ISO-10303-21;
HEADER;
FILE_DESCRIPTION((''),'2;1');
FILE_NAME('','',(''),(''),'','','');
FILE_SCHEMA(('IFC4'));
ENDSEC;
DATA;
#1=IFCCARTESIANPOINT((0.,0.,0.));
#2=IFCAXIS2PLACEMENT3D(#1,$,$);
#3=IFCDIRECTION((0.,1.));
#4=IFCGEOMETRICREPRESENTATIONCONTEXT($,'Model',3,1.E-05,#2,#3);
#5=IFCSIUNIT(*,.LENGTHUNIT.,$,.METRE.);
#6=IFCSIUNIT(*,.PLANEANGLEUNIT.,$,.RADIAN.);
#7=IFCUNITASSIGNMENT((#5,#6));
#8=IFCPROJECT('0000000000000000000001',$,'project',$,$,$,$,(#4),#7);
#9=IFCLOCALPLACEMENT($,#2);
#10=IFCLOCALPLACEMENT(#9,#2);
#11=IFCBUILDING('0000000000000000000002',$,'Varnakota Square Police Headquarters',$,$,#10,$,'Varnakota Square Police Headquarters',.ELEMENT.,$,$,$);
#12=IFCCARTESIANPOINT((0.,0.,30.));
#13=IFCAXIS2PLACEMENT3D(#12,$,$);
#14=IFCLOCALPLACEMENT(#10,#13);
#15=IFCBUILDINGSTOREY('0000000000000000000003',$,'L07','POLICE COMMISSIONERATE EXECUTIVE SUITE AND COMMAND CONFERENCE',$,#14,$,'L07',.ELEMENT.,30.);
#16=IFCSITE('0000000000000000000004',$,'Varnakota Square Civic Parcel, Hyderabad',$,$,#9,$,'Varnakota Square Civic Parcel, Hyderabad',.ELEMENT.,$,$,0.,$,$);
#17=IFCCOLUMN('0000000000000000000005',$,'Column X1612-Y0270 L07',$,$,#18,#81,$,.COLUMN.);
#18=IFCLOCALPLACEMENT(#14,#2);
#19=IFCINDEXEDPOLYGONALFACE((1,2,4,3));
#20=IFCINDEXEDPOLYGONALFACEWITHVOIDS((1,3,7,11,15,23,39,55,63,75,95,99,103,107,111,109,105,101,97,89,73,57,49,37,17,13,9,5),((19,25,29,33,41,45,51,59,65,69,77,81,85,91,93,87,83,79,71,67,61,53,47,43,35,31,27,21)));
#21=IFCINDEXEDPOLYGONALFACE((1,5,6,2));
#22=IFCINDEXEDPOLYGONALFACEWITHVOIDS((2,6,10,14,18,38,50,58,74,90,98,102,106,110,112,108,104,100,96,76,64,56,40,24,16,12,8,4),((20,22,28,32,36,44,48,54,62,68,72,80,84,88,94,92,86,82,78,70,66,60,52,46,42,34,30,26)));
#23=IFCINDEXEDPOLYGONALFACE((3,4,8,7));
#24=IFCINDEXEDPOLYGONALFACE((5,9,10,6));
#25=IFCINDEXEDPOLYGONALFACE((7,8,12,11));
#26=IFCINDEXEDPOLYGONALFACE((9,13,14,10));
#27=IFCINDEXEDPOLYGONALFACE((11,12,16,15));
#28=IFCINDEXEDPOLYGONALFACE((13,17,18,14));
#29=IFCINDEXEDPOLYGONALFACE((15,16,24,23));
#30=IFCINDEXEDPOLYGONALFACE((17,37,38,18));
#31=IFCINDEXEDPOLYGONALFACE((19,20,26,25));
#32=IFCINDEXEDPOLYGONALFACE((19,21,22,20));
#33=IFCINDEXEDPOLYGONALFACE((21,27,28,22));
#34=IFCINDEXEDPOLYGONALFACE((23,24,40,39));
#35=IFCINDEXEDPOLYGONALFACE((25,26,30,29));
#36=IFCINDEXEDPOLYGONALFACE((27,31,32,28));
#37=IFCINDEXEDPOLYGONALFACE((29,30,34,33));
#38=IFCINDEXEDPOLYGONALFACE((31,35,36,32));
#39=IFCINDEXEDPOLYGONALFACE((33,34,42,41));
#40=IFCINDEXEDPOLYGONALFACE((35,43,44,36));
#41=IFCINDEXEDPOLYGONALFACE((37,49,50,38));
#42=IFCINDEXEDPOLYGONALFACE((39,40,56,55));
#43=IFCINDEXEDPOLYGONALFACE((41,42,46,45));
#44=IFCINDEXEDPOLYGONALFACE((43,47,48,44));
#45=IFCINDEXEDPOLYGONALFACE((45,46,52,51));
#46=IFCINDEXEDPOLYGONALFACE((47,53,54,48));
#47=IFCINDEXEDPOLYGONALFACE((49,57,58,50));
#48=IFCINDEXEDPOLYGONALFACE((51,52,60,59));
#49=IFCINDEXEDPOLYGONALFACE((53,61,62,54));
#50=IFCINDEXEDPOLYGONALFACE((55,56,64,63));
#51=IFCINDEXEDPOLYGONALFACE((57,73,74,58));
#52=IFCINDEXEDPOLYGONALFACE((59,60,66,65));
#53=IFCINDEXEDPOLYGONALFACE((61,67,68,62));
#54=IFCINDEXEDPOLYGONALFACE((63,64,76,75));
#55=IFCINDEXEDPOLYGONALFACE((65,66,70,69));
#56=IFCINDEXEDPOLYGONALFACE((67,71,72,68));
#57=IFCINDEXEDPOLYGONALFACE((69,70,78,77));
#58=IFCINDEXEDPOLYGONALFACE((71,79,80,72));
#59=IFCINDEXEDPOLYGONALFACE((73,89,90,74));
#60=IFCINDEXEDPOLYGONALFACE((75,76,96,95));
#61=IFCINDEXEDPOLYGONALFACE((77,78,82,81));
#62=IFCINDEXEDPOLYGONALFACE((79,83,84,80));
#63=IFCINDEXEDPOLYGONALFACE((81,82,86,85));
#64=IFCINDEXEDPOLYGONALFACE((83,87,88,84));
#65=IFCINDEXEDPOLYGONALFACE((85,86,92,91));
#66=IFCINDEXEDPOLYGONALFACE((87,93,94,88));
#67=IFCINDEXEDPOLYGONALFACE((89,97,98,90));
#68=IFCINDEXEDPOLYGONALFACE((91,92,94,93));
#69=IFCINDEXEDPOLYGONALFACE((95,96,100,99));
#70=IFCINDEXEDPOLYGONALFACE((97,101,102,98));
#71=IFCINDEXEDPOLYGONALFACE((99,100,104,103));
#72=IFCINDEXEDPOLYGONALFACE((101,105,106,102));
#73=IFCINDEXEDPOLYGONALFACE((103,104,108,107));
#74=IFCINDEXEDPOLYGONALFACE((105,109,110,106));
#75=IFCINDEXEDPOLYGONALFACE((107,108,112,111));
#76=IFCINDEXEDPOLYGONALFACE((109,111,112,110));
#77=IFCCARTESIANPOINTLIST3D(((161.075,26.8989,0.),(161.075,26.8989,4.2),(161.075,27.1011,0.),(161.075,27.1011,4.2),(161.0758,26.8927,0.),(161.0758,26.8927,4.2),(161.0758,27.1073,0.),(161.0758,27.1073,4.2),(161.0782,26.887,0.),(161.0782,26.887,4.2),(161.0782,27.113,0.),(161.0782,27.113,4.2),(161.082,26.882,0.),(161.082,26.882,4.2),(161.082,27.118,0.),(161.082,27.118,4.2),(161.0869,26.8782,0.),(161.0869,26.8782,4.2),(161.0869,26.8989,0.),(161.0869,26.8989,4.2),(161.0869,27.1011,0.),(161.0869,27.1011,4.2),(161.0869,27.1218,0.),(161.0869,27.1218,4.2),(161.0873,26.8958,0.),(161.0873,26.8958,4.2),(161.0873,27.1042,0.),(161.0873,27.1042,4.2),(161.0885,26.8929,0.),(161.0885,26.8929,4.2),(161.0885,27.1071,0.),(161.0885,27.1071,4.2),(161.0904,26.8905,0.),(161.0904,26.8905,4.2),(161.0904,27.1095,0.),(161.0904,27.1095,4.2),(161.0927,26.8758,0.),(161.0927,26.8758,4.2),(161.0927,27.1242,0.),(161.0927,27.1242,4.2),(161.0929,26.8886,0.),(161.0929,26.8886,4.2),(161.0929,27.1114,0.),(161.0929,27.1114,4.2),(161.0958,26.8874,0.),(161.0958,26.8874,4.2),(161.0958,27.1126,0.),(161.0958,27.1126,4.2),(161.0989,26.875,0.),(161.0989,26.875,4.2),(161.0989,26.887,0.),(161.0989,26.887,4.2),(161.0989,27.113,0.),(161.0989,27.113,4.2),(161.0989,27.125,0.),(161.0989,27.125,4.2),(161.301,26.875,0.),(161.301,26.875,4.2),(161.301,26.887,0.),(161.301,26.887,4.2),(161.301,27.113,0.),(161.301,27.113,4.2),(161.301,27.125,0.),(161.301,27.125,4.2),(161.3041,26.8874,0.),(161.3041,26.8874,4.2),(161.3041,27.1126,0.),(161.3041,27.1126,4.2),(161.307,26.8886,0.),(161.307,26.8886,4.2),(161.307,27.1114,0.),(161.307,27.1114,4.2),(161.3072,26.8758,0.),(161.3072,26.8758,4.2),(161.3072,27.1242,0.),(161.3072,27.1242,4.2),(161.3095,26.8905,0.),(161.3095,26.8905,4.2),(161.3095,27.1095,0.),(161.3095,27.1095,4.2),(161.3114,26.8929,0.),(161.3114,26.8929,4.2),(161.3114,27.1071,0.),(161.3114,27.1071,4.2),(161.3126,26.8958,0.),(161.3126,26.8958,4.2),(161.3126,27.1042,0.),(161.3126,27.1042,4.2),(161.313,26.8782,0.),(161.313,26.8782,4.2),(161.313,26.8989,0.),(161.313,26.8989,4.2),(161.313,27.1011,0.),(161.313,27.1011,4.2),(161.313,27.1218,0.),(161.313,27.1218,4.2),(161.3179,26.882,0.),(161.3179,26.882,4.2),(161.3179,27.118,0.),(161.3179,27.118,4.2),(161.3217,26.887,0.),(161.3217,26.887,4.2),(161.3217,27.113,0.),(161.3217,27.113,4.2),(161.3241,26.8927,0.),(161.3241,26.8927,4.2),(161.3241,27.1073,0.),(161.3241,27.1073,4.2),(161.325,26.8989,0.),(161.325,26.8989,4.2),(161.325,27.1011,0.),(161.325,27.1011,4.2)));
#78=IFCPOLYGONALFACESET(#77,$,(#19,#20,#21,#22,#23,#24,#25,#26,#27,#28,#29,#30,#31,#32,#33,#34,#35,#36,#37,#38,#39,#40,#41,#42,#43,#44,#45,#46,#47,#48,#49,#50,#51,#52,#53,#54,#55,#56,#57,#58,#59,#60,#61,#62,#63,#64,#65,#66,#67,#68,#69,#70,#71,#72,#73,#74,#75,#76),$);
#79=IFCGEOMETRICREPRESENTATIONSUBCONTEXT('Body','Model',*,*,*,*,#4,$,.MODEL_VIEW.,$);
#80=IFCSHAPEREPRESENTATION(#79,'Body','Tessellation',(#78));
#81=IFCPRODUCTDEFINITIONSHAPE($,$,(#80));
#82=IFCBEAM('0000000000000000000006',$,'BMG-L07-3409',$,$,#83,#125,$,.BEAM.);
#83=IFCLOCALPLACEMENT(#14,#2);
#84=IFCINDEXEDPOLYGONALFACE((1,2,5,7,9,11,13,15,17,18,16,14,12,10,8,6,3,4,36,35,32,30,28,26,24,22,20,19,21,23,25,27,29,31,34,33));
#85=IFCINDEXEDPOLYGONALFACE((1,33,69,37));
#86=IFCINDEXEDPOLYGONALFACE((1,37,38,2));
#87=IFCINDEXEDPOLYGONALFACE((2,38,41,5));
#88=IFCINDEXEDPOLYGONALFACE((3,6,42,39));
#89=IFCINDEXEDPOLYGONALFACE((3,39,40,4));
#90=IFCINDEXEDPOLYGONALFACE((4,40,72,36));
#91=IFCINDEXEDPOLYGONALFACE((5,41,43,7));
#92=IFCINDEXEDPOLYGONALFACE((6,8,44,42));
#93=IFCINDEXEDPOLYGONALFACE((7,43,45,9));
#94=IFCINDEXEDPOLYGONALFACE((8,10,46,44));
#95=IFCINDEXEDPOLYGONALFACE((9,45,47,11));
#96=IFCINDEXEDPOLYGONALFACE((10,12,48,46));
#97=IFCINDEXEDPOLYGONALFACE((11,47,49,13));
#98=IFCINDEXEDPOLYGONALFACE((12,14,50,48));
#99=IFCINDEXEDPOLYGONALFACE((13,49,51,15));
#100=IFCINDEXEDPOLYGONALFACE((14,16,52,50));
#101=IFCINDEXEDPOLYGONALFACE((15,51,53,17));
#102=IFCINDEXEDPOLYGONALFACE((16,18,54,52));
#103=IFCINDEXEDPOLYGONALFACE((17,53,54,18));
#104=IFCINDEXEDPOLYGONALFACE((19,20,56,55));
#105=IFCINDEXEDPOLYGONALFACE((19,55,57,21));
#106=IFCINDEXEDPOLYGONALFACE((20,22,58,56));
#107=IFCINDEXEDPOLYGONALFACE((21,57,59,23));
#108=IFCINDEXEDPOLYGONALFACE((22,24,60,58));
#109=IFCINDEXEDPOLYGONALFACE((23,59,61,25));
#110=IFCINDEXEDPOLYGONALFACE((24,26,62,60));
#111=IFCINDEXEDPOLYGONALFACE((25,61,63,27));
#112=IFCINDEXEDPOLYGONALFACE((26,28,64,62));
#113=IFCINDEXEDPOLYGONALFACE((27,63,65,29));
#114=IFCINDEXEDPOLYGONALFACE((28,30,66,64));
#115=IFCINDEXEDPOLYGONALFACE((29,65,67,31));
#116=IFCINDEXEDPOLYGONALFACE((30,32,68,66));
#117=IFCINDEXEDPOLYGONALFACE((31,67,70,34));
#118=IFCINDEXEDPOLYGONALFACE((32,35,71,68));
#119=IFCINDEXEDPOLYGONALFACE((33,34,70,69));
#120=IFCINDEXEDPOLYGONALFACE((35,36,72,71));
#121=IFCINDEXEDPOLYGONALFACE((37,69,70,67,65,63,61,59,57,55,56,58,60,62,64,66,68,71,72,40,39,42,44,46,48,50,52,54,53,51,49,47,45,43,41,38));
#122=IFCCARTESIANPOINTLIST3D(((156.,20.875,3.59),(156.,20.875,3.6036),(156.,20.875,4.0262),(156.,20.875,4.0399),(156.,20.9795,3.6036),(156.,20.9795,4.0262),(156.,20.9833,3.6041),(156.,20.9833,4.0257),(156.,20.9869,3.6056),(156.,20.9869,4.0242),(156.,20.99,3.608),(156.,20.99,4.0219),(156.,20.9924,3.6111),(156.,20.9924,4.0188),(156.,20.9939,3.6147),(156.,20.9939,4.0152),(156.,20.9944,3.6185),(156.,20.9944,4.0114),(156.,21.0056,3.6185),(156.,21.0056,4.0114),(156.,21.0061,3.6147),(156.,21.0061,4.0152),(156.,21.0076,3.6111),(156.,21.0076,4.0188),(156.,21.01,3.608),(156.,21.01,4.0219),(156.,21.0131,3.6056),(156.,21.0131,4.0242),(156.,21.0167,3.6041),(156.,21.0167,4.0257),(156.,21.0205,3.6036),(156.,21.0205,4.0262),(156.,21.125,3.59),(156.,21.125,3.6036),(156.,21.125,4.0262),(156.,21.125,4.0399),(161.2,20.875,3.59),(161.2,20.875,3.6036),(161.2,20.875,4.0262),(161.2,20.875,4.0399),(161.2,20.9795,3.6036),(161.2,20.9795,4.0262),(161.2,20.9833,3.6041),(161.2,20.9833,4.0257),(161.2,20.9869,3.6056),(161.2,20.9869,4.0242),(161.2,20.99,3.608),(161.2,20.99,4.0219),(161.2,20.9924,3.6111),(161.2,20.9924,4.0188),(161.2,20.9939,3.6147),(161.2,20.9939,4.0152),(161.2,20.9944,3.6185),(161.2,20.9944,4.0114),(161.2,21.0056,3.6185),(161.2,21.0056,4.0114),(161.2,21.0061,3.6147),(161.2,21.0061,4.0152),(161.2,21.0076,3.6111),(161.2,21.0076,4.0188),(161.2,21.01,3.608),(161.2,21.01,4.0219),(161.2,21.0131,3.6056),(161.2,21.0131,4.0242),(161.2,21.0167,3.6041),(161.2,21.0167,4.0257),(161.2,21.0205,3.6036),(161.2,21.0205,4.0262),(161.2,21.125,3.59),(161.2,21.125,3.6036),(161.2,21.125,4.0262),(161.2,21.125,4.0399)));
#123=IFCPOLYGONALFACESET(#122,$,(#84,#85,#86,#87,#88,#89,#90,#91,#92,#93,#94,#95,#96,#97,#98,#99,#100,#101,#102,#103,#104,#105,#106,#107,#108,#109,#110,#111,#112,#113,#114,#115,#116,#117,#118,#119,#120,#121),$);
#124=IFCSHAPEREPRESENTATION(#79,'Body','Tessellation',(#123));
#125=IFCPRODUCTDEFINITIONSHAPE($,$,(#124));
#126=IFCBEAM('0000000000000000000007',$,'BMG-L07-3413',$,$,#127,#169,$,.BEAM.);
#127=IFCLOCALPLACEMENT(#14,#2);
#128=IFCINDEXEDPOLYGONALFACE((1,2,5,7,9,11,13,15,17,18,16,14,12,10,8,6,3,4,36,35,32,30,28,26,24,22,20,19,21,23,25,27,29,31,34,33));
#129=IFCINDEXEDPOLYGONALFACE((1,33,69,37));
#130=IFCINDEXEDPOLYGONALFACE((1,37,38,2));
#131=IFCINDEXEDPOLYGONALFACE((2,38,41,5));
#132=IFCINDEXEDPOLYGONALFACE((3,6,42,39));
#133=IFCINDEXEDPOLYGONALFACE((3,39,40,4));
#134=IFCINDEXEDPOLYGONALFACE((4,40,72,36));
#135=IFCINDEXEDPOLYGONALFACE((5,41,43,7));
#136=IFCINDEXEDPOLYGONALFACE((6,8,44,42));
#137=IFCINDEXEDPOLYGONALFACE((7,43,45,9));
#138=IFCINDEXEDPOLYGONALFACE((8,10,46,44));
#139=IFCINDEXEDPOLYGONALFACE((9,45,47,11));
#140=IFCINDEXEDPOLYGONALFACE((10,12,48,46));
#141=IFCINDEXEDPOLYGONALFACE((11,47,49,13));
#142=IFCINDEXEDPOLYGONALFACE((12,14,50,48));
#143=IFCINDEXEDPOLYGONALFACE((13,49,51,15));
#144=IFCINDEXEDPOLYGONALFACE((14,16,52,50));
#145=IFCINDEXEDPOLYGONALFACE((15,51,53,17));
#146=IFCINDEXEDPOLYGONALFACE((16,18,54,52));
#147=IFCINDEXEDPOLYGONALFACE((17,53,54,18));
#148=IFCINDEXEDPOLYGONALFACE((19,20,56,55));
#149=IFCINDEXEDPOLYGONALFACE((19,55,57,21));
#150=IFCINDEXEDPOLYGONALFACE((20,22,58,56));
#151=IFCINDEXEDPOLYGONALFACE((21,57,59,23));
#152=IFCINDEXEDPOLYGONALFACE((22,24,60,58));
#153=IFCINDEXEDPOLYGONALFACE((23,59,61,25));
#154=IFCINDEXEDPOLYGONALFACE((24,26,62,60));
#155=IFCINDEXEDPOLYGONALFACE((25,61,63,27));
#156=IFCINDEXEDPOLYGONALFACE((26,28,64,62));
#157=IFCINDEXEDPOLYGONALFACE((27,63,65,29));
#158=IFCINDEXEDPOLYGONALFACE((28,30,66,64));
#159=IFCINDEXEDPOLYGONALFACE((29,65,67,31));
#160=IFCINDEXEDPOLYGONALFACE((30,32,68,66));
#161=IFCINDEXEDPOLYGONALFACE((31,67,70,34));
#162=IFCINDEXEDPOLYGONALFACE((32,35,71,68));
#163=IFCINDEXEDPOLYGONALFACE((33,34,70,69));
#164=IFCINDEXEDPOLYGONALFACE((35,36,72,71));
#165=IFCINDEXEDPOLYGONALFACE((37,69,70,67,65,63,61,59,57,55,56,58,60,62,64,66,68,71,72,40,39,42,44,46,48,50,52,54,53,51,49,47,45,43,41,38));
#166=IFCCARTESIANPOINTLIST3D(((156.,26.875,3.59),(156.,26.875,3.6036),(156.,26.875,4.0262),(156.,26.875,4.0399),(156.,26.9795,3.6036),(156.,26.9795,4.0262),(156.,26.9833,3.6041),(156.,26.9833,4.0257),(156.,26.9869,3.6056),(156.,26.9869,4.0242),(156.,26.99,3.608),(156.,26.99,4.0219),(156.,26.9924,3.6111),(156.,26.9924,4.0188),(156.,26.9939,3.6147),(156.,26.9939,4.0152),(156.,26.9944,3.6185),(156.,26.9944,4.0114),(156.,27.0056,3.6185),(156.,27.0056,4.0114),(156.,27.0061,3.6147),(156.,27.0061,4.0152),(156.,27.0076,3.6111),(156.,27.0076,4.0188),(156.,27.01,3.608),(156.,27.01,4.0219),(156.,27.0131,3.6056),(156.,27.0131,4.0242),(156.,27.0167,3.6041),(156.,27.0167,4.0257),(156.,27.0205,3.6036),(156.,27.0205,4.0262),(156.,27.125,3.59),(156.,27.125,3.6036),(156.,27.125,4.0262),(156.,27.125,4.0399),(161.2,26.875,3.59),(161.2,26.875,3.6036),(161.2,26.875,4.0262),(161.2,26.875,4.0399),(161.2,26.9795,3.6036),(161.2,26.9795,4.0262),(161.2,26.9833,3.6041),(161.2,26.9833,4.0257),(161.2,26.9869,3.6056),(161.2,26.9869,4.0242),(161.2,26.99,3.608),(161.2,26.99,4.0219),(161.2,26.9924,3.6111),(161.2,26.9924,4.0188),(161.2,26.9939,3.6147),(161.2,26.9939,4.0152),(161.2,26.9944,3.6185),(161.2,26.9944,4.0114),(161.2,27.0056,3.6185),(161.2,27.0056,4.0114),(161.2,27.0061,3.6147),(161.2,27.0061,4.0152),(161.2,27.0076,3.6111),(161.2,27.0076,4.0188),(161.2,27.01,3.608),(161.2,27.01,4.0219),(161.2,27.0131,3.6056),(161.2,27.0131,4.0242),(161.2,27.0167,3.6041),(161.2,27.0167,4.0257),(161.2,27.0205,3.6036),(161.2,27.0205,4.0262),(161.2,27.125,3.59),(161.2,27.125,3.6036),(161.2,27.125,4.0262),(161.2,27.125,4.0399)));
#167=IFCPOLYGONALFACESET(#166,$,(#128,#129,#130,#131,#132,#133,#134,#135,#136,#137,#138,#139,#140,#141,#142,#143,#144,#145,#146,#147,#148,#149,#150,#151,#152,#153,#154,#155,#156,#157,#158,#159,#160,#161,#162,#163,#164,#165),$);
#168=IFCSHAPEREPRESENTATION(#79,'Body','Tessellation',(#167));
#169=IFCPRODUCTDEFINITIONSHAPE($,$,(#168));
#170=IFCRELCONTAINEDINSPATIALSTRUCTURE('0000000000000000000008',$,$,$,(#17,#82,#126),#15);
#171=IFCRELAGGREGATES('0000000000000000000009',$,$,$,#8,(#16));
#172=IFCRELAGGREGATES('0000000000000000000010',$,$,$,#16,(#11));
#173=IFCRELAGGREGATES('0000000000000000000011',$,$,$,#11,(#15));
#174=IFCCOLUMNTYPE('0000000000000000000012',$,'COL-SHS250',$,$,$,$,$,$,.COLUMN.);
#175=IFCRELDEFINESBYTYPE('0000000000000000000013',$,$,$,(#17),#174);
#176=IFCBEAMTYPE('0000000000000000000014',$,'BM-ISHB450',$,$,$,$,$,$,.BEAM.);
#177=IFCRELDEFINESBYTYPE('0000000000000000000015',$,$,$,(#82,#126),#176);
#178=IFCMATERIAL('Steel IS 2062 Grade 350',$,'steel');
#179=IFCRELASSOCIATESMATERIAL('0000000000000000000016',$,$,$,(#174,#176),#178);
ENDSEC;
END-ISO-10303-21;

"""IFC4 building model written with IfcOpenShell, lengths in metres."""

from ifc_helpers import new_model, si_unit, direction, frame, origin, origin_2d, place, context, subcontext, project, spatial, hollow_rectangle, i_section, extrude, material, material_profile, profile_set, type_object, element, save


model = new_model("IFC4")

# Units and contexts
model_context = context("Model", 3, precision=1e-05, world=origin(), true_north=direction((0.0, 1.0)))
body_context = subcontext(model_context, "Body", "Model", "MODEL_VIEW")
ifc_project = project(units=[si_unit("LENGTHUNIT", "METRE"), si_unit("PLANEANGLEUNIT", "RADIAN")], contexts=[model_context])

# Site, building, storey
site_placement = place(None, origin())
site = spatial("IfcSite", under=ifc_project, at=site_placement, Name="Varnakota Square Civic Parcel, Hyderabad", LongName="Varnakota Square Civic Parcel, Hyderabad", CompositionType="ELEMENT", RefElevation=0.0)
building_placement = place(site_placement, origin())
building = spatial("IfcBuilding", under=site, at=building_placement, Name="Varnakota Square Police Headquarters", LongName="Varnakota Square Police Headquarters", CompositionType="ELEMENT")
storey_placement = place(building_placement, frame((0.0, 0.0, 30.0)))
storey = spatial("IfcBuildingStorey", under=building, at=storey_placement, Name="L07", Description="POLICE COMMISSIONERATE EXECUTIVE SUITE AND COMMAND CONFERENCE", LongName="L07", CompositionType="ELEMENT", Elevation=30.0)

# Column
ifc_material_1 = material(Name="Steel IS 2062 Grade 350", Category="steel")
ifc_material_profile_1 = material_profile(ifc_material_1, hollow_rectangle(XDim=0.25, YDim=0.25, WallThickness=0.012, InnerFilletRadius=0.012, OuterFilletRadius=0.0239, at=origin_2d()), Name="SHS 250x250x12")
ifc_profile_set_1 = profile_set([ifc_material_profile_1], Name="Steel IS 2062 Grade 350")
column_type_1 = type_object("IfcColumnType", Name="COL-SHS250", PredefinedType="COLUMN", material=ifc_profile_set_1)
for number, where, z_axis, x_axis, name in (
    (1, (161.2, 27.0, 0.0), (0.0, 0.0, 1.0), (1.0, 0.0, 0.0), "Column X1612-Y0270 L07"),
):
    element("IfcColumn", number, at=place(storey_placement, frame(where, z_axis=z_axis, x_axis=x_axis)), inside=storey, type_object=column_type_1, Name=name, PredefinedType="COLUMN", context=body_context, shape_type="SweptSolid", body=[
        extrude(hollow_rectangle(XDim=0.25, YDim=0.25, WallThickness=0.012, InnerFilletRadius=0.012, OuterFilletRadius=0.0239, at=origin_2d()), origin(), (0.0, 0.0, 1.0), 4.2),
    ])

# Beams
ifc_material_profile_2 = material_profile(ifc_material_1, i_section(OverallWidth=0.25, OverallDepth=0.45, WebThickness=0.0112, FlangeThickness=0.0137, FilletRadius=0.0149, at=origin_2d()), Name="ISHB 450")
ifc_profile_set_2 = profile_set([ifc_material_profile_2], Name="Steel IS 2062 Grade 350")
beam_type_1 = type_object("IfcBeamType", Name="BM-ISHB450", PredefinedType="BEAM", material=ifc_profile_set_2)
for number, where, z_axis, x_axis, name in (
    (2, (156.0, 21.0, 3.8149), (1.0, 0.0, 0.0), (0.0, 1.0, 0.0), "BMG-L07-3409"),
    (3, (156.0, 27.0, 3.8149), (1.0, 0.0, 0.0), (0.0, 1.0, 0.0), "BMG-L07-3413"),
):
    element("IfcBeam", number, at=place(storey_placement, frame(where, z_axis=z_axis, x_axis=x_axis)), inside=storey, type_object=beam_type_1, Name=name, PredefinedType="BEAM", context=body_context, shape_type="SweptSolid", body=[
        extrude(i_section(OverallWidth=0.25, OverallDepth=0.45, WebThickness=0.0112, FlangeThickness=0.0137, FilletRadius=0.0149, at=origin_2d()), origin(), (0.0, 0.0, 1.0), 5.2),
    ])

save(model, "model.ifc")
